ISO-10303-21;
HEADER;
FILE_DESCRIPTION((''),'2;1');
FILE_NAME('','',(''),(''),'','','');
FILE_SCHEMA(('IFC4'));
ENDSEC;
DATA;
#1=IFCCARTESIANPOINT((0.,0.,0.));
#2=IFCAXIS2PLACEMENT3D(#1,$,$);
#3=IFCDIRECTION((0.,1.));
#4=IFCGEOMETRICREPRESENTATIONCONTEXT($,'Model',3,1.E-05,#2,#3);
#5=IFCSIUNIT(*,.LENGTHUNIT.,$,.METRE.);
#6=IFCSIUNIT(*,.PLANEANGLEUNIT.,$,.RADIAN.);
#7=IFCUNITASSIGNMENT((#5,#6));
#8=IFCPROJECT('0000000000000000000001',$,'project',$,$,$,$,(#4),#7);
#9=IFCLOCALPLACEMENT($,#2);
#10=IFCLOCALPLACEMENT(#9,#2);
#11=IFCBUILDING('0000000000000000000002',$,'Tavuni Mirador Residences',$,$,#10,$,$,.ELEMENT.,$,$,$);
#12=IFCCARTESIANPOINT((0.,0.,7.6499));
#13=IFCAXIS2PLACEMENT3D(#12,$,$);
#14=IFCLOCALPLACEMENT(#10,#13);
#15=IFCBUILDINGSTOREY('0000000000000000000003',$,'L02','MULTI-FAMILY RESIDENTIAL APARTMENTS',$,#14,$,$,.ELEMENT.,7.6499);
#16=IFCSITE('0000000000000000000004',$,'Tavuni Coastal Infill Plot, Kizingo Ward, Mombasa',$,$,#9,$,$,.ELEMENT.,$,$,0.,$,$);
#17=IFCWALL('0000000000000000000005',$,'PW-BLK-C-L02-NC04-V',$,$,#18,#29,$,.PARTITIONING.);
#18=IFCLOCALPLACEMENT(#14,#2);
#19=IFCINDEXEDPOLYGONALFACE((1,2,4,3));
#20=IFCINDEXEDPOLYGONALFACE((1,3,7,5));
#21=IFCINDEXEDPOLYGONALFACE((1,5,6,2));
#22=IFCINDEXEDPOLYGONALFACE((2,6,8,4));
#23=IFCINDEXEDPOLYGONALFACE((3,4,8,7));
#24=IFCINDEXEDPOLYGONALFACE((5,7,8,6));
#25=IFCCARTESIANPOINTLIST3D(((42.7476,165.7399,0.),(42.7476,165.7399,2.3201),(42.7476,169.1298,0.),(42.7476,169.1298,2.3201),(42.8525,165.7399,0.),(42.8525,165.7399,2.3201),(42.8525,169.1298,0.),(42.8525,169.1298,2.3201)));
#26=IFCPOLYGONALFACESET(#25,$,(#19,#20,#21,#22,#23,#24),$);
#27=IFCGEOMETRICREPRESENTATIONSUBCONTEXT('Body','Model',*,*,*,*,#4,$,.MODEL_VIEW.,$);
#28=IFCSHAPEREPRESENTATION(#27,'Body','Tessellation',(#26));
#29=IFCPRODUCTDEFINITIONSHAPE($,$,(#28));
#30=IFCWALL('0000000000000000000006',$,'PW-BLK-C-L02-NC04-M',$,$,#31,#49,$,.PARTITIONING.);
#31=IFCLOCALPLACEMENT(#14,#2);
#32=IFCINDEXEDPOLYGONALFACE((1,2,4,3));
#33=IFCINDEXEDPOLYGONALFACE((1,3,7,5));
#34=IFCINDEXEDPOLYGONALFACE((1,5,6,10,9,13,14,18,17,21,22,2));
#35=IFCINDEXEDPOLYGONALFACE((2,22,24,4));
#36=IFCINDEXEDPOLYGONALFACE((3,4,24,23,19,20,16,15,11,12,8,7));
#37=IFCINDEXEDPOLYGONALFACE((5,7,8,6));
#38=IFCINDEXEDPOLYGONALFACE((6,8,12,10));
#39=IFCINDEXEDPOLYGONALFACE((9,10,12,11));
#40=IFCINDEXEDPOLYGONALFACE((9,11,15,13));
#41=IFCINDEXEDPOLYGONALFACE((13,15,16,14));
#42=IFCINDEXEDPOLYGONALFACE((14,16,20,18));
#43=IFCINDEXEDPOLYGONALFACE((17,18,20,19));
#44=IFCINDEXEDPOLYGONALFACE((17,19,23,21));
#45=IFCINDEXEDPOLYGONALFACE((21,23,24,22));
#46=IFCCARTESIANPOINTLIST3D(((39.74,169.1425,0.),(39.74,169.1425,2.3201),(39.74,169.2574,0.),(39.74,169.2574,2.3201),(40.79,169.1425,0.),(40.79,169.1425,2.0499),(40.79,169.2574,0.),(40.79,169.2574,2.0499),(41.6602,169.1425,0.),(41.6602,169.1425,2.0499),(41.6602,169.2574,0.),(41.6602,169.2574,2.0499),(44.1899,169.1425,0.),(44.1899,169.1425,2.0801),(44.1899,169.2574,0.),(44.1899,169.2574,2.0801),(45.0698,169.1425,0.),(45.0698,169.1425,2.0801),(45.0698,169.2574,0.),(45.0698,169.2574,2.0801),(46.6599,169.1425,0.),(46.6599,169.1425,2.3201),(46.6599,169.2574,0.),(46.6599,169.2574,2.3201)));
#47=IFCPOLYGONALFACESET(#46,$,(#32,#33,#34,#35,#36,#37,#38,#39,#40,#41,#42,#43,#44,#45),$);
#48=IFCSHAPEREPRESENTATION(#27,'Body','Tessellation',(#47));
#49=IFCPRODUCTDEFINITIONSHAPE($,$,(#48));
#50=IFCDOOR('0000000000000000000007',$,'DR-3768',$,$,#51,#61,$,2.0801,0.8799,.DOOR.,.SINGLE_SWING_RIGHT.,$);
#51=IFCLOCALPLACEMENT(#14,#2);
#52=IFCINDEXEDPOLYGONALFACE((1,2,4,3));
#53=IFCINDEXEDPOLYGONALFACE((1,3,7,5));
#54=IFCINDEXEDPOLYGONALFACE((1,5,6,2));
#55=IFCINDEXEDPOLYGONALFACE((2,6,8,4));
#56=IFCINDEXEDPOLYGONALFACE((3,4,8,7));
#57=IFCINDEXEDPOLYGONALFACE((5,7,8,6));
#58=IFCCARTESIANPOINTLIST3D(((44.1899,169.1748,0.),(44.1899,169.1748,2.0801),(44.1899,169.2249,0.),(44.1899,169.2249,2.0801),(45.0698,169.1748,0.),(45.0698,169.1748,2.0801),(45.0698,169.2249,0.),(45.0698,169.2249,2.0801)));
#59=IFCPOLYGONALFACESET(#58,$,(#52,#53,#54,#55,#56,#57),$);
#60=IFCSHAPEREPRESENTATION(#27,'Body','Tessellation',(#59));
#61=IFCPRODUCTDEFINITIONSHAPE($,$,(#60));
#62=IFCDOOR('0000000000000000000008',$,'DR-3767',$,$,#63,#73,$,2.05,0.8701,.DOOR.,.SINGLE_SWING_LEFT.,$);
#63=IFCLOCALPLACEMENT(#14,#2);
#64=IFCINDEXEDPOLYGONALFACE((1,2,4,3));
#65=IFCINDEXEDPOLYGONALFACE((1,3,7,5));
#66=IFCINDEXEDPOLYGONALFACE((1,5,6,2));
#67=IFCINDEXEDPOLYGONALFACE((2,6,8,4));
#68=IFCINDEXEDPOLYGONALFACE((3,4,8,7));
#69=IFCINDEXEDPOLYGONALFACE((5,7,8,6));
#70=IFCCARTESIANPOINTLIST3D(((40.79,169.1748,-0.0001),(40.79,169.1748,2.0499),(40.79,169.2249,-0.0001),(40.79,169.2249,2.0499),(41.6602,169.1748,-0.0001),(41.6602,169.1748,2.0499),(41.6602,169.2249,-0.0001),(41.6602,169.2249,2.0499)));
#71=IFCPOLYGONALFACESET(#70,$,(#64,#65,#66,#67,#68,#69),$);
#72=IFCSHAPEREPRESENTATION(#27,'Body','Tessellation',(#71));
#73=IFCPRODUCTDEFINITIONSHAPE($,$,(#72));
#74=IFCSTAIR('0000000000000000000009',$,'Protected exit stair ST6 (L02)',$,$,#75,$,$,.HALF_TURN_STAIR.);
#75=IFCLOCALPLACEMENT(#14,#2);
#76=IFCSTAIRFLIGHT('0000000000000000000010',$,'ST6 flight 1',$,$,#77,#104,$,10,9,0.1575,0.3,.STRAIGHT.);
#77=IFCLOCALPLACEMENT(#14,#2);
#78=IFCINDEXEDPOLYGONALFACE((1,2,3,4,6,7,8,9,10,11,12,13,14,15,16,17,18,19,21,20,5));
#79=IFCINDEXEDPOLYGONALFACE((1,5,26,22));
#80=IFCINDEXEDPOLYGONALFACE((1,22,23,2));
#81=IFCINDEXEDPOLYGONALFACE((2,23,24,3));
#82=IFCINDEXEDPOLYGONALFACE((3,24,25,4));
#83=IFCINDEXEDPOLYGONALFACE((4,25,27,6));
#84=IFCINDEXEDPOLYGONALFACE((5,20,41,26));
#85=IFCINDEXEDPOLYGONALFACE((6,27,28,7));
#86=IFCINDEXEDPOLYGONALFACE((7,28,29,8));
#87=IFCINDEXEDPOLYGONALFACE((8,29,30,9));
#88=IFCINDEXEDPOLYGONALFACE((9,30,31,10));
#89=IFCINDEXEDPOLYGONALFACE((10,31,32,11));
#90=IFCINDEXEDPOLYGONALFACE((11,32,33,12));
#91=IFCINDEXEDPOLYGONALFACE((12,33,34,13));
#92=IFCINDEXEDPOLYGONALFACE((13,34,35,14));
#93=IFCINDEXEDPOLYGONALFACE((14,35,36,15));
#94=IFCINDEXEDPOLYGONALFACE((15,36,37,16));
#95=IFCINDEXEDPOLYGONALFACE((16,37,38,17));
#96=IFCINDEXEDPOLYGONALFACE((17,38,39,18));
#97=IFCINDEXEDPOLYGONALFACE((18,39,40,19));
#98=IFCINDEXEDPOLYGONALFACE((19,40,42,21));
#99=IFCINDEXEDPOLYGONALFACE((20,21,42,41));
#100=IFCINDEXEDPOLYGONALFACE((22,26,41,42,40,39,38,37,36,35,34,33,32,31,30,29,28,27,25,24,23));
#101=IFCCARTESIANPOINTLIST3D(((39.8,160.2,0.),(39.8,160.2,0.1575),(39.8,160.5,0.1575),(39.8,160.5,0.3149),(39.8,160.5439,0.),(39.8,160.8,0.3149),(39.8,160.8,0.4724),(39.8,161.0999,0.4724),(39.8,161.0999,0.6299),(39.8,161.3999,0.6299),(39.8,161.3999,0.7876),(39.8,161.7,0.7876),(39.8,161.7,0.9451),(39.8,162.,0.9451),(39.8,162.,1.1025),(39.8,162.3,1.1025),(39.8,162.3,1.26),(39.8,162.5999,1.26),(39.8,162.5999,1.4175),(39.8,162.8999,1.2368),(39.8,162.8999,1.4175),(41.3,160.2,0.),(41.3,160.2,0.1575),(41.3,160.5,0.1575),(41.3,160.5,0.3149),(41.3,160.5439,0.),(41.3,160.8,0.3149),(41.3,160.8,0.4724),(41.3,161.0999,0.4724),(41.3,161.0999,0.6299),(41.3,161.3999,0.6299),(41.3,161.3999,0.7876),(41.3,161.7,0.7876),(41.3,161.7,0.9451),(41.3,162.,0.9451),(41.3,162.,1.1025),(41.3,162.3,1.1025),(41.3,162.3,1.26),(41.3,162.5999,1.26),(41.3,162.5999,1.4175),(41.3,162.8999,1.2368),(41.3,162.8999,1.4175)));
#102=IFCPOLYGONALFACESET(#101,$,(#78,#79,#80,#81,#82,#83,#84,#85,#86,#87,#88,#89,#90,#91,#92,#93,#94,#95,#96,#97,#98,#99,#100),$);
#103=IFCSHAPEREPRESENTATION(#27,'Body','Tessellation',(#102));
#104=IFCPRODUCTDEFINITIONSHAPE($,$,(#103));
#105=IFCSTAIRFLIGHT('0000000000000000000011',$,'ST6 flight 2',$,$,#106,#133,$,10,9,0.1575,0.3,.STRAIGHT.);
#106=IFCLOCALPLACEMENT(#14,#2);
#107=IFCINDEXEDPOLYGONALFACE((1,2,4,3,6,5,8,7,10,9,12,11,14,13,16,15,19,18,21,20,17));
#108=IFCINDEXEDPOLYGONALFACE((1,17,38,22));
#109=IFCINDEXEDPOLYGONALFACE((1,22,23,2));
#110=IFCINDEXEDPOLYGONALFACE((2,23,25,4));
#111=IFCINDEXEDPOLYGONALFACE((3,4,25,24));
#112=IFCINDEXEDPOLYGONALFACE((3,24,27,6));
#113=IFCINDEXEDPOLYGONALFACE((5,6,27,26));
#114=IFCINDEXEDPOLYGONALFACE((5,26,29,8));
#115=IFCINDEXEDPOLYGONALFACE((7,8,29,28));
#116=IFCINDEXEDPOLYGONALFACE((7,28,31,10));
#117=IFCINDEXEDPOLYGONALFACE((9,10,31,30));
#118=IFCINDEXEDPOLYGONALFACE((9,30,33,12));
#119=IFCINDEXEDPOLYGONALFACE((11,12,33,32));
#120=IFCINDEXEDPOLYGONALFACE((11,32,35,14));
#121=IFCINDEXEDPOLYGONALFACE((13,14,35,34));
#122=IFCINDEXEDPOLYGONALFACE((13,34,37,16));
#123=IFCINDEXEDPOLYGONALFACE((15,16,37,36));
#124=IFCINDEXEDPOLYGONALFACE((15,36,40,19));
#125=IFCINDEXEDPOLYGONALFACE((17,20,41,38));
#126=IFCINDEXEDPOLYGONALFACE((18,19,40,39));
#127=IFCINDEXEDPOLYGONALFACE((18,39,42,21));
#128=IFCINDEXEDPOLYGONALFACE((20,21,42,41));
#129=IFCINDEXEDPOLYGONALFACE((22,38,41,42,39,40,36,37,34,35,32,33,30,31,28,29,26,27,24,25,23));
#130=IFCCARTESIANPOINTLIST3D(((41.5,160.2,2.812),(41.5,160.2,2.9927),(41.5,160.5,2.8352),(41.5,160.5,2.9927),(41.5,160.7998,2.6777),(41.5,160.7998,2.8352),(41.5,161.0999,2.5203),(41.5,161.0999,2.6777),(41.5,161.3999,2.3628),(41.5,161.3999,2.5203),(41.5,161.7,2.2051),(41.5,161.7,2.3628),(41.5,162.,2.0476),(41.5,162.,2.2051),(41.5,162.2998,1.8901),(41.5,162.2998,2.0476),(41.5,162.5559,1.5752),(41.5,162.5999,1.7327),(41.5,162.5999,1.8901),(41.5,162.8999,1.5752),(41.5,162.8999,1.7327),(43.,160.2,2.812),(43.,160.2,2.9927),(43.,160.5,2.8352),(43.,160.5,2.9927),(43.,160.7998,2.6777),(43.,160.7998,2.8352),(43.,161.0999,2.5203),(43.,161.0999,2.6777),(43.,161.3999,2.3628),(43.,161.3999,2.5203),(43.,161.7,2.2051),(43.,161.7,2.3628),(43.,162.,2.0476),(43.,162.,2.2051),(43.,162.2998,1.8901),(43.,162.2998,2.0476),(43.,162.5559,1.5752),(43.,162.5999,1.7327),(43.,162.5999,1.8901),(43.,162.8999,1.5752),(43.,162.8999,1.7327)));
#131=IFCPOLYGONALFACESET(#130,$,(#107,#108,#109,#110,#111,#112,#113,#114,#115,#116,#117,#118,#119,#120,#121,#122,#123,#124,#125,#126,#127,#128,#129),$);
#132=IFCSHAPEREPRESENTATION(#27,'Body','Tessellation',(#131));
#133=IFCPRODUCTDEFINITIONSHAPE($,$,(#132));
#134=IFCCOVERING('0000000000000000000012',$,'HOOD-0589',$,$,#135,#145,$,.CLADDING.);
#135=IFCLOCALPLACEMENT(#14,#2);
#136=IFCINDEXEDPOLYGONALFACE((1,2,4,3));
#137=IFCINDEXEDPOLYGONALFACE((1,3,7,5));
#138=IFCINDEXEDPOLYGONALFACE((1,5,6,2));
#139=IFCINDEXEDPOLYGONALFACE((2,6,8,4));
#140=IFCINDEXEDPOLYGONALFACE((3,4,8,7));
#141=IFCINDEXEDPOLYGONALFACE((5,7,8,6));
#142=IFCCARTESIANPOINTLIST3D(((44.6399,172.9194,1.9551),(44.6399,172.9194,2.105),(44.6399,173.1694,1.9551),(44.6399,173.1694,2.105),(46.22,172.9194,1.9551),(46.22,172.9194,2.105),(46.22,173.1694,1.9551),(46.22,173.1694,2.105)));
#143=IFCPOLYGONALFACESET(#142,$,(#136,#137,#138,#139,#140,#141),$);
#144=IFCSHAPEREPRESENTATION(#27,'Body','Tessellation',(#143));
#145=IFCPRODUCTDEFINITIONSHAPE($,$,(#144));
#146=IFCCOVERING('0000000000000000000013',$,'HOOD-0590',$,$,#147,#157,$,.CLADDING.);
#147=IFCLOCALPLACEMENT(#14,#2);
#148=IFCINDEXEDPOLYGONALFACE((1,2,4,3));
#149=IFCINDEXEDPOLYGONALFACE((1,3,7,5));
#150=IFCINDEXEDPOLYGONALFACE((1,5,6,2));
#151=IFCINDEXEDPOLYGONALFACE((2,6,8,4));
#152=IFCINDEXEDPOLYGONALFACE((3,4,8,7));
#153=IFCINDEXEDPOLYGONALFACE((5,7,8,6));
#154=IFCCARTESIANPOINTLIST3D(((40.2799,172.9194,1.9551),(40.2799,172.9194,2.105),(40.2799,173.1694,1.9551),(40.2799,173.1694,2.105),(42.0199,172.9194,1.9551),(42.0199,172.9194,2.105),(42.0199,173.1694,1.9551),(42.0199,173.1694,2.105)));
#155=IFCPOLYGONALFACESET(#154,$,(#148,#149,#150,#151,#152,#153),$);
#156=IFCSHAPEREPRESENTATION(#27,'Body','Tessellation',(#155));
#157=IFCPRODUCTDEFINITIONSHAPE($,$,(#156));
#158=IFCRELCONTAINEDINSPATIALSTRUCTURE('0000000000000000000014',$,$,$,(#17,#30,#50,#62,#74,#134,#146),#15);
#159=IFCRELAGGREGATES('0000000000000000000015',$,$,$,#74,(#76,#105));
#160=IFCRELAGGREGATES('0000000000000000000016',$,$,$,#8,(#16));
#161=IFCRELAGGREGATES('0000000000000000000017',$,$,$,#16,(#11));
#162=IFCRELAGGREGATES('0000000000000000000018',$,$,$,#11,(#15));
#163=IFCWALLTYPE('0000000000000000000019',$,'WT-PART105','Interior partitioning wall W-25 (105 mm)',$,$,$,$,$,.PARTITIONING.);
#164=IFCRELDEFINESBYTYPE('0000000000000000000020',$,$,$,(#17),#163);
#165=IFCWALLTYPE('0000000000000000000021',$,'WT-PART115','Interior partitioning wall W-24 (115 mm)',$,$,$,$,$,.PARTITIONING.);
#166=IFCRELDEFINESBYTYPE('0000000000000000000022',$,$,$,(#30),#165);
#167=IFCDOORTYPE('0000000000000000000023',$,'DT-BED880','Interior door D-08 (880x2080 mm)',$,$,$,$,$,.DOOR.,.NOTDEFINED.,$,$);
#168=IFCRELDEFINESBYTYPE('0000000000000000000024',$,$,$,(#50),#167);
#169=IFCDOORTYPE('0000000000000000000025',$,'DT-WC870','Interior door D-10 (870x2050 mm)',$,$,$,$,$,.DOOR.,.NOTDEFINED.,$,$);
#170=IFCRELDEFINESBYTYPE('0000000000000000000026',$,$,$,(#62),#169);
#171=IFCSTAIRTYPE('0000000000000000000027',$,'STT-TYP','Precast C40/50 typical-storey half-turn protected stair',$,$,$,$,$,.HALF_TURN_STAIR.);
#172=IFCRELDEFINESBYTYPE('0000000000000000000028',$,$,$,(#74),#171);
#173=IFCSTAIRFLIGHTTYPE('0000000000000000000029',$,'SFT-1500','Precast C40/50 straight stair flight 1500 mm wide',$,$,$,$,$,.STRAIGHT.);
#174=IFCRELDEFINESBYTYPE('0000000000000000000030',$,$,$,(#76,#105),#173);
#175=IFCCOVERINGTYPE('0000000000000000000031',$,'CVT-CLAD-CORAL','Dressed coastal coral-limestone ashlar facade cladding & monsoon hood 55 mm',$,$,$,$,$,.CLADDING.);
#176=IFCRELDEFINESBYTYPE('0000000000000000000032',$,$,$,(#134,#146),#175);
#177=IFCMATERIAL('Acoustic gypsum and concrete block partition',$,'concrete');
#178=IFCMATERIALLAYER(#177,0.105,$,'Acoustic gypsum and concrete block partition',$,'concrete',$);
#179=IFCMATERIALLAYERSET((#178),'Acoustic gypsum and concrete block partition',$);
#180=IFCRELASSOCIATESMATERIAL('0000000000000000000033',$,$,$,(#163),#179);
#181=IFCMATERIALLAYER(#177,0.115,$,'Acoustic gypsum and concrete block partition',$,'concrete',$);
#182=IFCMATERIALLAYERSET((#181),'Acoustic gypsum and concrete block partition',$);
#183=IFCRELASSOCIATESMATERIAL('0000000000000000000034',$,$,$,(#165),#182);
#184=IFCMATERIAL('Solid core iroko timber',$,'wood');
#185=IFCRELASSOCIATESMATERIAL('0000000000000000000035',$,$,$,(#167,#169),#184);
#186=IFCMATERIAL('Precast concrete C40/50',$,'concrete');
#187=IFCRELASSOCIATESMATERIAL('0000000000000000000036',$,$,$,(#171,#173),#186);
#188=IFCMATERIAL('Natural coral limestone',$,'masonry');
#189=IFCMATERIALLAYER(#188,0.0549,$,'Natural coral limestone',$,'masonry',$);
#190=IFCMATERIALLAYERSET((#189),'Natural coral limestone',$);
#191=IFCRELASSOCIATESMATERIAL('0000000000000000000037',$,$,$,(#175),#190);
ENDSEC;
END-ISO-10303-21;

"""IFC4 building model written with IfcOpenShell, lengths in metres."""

from ifc_helpers import new_model, si_unit, direction, frame, frame_2d, origin, origin_2d, place, context, subcontext, project, spatial, polyline, rectangle, outline, extrude, material, layer, layer_set, type_object, element, fill, aggregate, save


model = new_model("IFC4")

# Units and contexts
model_context = context("Model", 3, precision=1e-05, world=origin(), true_north=direction((0.0, 1.0)))
body_context = subcontext(model_context, "Body", "Model", "MODEL_VIEW")
ifc_project = project(units=[si_unit("LENGTHUNIT", "METRE"), si_unit("PLANEANGLEUNIT", "RADIAN")], contexts=[model_context])

# Site, building, storey
site_placement = place(None, origin())
site = spatial("IfcSite", under=ifc_project, at=site_placement, Name="Tavuni Coastal Infill Plot, Kizingo Ward, Mombasa", CompositionType="ELEMENT", RefElevation=0.0)
building_placement = place(site_placement, origin())
building = spatial("IfcBuilding", under=site, at=building_placement, Name="Tavuni Mirador Residences", CompositionType="ELEMENT")
storey_placement = place(building_placement, frame((0.0, 0.0, 7.6499)))
storey = spatial("IfcBuildingStorey", under=building, at=storey_placement, Name="L02", Description="MULTI-FAMILY RESIDENTIAL APARTMENTS", CompositionType="ELEMENT", Elevation=7.6499)

# Shared definitions
ifc_material_1 = material(Name="Precast concrete C40/50", Category="concrete")

# Wall
ifc_material_2 = material(Name="Acoustic gypsum and concrete block partition", Category="concrete")
ifc_layer_1 = layer(ifc_material_2, 0.105, Name="Acoustic gypsum and concrete block partition", Category="concrete")
ifc_layer_set_1 = layer_set([ifc_layer_1], Name="Acoustic gypsum and concrete block partition")
wall_type_1 = type_object("IfcWallType", Name="WT-PART105", Description="Interior partitioning wall W-25 (105 mm)", PredefinedType="PARTITIONING", material=ifc_layer_set_1)
wall_1_placement = place(storey_placement, frame((42.8, 165.74, 0.0), z_axis=(0.0, 0.0, 1.0), x_axis=(0.0, 1.0, 0.0)))
element("IfcWall", 1, at=wall_1_placement, inside=storey, type_object=wall_type_1, Name="PW-BLK-C-L02-NC04-V", PredefinedType="PARTITIONING", context=body_context, shape_type="SweptSolid", body=[
    extrude(rectangle(XDim=3.3899, YDim=0.105, at=frame_2d((1.6948, 0.0))), origin(), (0.0, 0.0, 1.0), 2.3201),
])

# Wall, openings, doors
ifc_layer_2 = layer(ifc_material_2, 0.115, Name="Acoustic gypsum and concrete block partition", Category="concrete")
ifc_layer_set_2 = layer_set([ifc_layer_2], Name="Acoustic gypsum and concrete block partition")
wall_type_2 = type_object("IfcWallType", Name="WT-PART115", Description="Interior partitioning wall W-24 (115 mm)", PredefinedType="PARTITIONING", material=ifc_layer_set_2)
wall_2_placement = place(storey_placement, frame((39.74, 169.2, 0.0), z_axis=(0.0, 0.0, 1.0), x_axis=(1.0, 0.0, 0.0)))
wall_2 = element("IfcWall", 2, at=wall_2_placement, inside=storey, type_object=wall_type_2, Name="PW-BLK-C-L02-NC04-M", PredefinedType="PARTITIONING", context=body_context, shape_type="SweptSolid", body=[
    extrude(rectangle(XDim=6.9199, YDim=0.115, at=frame_2d((3.46, 0.0))), origin(), (0.0, 0.0, 1.0), 2.3201),
])
opening_1_placement = place(wall_2_placement, frame((1.05, 0.0, 0.0)))
opening_1 = element("IfcOpeningElement", 3, at=opening_1_placement, cuts=wall_2, PredefinedType="OPENING", context=body_context, shape_type="SweptSolid", body=[
    extrude(rectangle(XDim=0.8701, YDim=2.05, at=frame_2d((0.4351, 1.0249))), frame((0.0, 0.0674, 0.0), z_axis=(0.0, -1.0, 0.0), x_axis=(1.0, 0.0, 0.0)), (0.0, 0.0, 1.0), 0.135),
])
opening_2_placement = place(wall_2_placement, frame((4.45, 0.0, 0.0)))
opening_2 = element("IfcOpeningElement", 4, at=opening_2_placement, cuts=wall_2, PredefinedType="OPENING", context=body_context, shape_type="SweptSolid", body=[
    extrude(rectangle(XDim=0.8799, YDim=2.0801, at=frame_2d((0.4399, 1.04))), frame((0.0, 0.0674, 0.0), z_axis=(0.0, -1.0, 0.0), x_axis=(1.0, 0.0, 0.0)), (0.0, 0.0, 1.0), 0.135),
])
ifc_material_3 = material(Name="Solid core iroko timber", Category="wood")
door_type_1 = type_object("IfcDoorType", Name="DT-BED880", Description="Interior door D-08 (880x2080 mm)", OperationType="NOTDEFINED", PredefinedType="DOOR", material=ifc_material_3)
door_1_placement = place(opening_2_placement, origin())
door_1 = element("IfcDoor", 5, at=door_1_placement, inside=storey, type_object=door_type_1, Name="DR-3768", OperationType="SINGLE_SWING_RIGHT", OverallHeight=2.0801, OverallWidth=0.8799, PredefinedType="DOOR", context=body_context, shape_type="SweptSolid", body=[
    extrude(rectangle(XDim=0.8799, YDim=2.0801, at=frame_2d((0.4399, 1.04))), frame((0.0, 0.0249, 0.0), z_axis=(0.0, -1.0, 0.0), x_axis=(1.0, 0.0, 0.0)), (0.0, 0.0, 1.0), 0.05),
])
fill(opening_2, door_1)
door_type_2 = type_object("IfcDoorType", Name="DT-WC870", Description="Interior door D-10 (870x2050 mm)", OperationType="NOTDEFINED", PredefinedType="DOOR", material=ifc_material_3)
door_2_placement = place(opening_1_placement, origin())
door_2 = element("IfcDoor", 6, at=door_2_placement, inside=storey, type_object=door_type_2, Name="DR-3767", OperationType="SINGLE_SWING_LEFT", OverallHeight=2.05, OverallWidth=0.8701, PredefinedType="DOOR", context=body_context, shape_type="SweptSolid", body=[
    extrude(rectangle(XDim=0.8701, YDim=2.05, at=frame_2d((0.4351, 1.0249))), frame((0.0, 0.0249, 0.0), z_axis=(0.0, -1.0, 0.0), x_axis=(1.0, 0.0, 0.0)), (0.0, 0.0, 1.0), 0.05),
])
fill(opening_1, door_2)

# Stair, stair flights
stair_type = type_object("IfcStairType", Name="STT-TYP", Description="Precast C40/50 typical-storey half-turn protected stair", PredefinedType="HALF_TURN_STAIR", material=ifc_material_1)
stair_placement = place(storey_placement, origin())
stair = element("IfcStair", 7, at=stair_placement, inside=storey, type_object=stair_type, Name="Protected exit stair ST6 (L02)", PredefinedType="HALF_TURN_STAIR")
stair_flight_type = type_object("IfcStairFlightType", Name="SFT-1500", Description="Precast C40/50 straight stair flight 1500 mm wide", PredefinedType="STRAIGHT", material=ifc_material_1)
stair_flight_1_placement = place(storey_placement, frame((40.55, 160.2, 0.0), z_axis=(0.0, 0.0, 1.0), x_axis=(0.0, 1.0, 0.0)))
stair_flight_1 = element("IfcStairFlight", 8, at=stair_flight_1_placement, type_object=stair_flight_type, Name="ST6 flight 1", NumberOfRisers=10, NumberOfTreads=9, PredefinedType="STRAIGHT", RiserHeight=0.1575, TreadLength=0.3, context=body_context, shape_type="SweptSolid", body=[
    extrude(outline(polyline([(0.0, 0.0), (0.0, 0.1575), (0.3, 0.1575), (0.3, 0.3149), (0.6001, 0.3149), (0.6001, 0.4724), (0.8999, 0.4724), (0.8999, 0.6299), (1.2, 0.6299), (1.2, 0.7876), (1.5, 0.7876), (1.5, 0.9451), (1.8, 0.9451), (1.8, 1.1025), (2.1001, 1.1025), (2.1001, 1.26), (2.3999, 1.26), (2.3999, 1.4175), (2.7, 1.4175), (2.7, 1.575), (2.7, 1.2368), (0.344, 0.0), (0.0, 0.0)])), frame((0.0, 0.75, 0.0), z_axis=(0.0, -1.0, 0.0), x_axis=(1.0, 0.0, 0.0)), (0.0, 0.0, 1.0), 1.5),
])
stair_flight_2_placement = place(storey_placement, frame((42.25, 162.8999, 1.5752), z_axis=(0.0, 0.0, 1.0), x_axis=(0.0, -1.0, 0.0)))
stair_flight_2 = element("IfcStairFlight", 9, at=stair_flight_2_placement, type_object=stair_flight_type, Name="ST6 flight 2", NumberOfRisers=10, NumberOfTreads=9, PredefinedType="STRAIGHT", RiserHeight=0.1575, TreadLength=0.3, context=body_context, shape_type="SweptSolid", body=[
    extrude(outline(polyline([(0.0, 0.0), (0.0, 0.1575), (0.3, 0.1575), (0.3, 0.3149), (0.6001, 0.3149), (0.6001, 0.4724), (0.8999, 0.4724), (0.8999, 0.6299), (1.2, 0.6299), (1.2, 0.7876), (1.5, 0.7876), (1.5, 0.9451), (1.8, 0.9451), (1.8, 1.1025), (2.1001, 1.1025), (2.1001, 1.26), (2.3999, 1.26), (2.3999, 1.4175), (2.7, 1.4175), (2.7, 1.575), (2.7, 1.2368), (0.344, 0.0), (0.0, 0.0)])), frame((0.0, 0.75, 0.0), z_axis=(0.0, -1.0, 0.0), x_axis=(1.0, 0.0, 0.0)), (0.0, 0.0, 1.0), 1.5),
])
aggregate(stair, [stair_flight_1, stair_flight_2])

# Coverings
ifc_material_4 = material(Name="Natural coral limestone", Category="masonry")
ifc_layer_3 = layer(ifc_material_4, 0.0549, Name="Natural coral limestone", Category="masonry")
ifc_layer_set_3 = layer_set([ifc_layer_3], Name="Natural coral limestone")
covering_type = type_object("IfcCoveringType", Name="CVT-CLAD-CORAL", Description="Dressed coastal coral-limestone ashlar facade cladding & monsoon hood 55 mm", PredefinedType="CLADDING", material=ifc_layer_set_3)
covering_1_placement = place(storey_placement, frame((45.4299, 173.0444, 1.9551), z_axis=(0.0, 0.0, 1.0), x_axis=(-1.0, 0.0, 0.0)))
element("IfcCovering", 10, at=covering_1_placement, inside=storey, type_object=covering_type, Name="HOOD-0589", PredefinedType="CLADDING", context=body_context, shape_type="SweptSolid", body=[
    extrude(rectangle(XDim=1.5801, YDim=0.25, at=origin_2d()), origin(), (0.0, 0.0, 1.0), 0.1499),
])
covering_2_placement = place(storey_placement, frame((41.1499, 173.0444, 1.9551), z_axis=(0.0, 0.0, 1.0), x_axis=(-1.0, 0.0, 0.0)))
element("IfcCovering", 11, at=covering_2_placement, inside=storey, type_object=covering_type, Name="HOOD-0590", PredefinedType="CLADDING", context=body_context, shape_type="SweptSolid", body=[
    extrude(rectangle(XDim=1.74, YDim=0.25, at=origin_2d()), origin(), (0.0, 0.0, 1.0), 0.1499),
])

save(model, "model.ifc")
